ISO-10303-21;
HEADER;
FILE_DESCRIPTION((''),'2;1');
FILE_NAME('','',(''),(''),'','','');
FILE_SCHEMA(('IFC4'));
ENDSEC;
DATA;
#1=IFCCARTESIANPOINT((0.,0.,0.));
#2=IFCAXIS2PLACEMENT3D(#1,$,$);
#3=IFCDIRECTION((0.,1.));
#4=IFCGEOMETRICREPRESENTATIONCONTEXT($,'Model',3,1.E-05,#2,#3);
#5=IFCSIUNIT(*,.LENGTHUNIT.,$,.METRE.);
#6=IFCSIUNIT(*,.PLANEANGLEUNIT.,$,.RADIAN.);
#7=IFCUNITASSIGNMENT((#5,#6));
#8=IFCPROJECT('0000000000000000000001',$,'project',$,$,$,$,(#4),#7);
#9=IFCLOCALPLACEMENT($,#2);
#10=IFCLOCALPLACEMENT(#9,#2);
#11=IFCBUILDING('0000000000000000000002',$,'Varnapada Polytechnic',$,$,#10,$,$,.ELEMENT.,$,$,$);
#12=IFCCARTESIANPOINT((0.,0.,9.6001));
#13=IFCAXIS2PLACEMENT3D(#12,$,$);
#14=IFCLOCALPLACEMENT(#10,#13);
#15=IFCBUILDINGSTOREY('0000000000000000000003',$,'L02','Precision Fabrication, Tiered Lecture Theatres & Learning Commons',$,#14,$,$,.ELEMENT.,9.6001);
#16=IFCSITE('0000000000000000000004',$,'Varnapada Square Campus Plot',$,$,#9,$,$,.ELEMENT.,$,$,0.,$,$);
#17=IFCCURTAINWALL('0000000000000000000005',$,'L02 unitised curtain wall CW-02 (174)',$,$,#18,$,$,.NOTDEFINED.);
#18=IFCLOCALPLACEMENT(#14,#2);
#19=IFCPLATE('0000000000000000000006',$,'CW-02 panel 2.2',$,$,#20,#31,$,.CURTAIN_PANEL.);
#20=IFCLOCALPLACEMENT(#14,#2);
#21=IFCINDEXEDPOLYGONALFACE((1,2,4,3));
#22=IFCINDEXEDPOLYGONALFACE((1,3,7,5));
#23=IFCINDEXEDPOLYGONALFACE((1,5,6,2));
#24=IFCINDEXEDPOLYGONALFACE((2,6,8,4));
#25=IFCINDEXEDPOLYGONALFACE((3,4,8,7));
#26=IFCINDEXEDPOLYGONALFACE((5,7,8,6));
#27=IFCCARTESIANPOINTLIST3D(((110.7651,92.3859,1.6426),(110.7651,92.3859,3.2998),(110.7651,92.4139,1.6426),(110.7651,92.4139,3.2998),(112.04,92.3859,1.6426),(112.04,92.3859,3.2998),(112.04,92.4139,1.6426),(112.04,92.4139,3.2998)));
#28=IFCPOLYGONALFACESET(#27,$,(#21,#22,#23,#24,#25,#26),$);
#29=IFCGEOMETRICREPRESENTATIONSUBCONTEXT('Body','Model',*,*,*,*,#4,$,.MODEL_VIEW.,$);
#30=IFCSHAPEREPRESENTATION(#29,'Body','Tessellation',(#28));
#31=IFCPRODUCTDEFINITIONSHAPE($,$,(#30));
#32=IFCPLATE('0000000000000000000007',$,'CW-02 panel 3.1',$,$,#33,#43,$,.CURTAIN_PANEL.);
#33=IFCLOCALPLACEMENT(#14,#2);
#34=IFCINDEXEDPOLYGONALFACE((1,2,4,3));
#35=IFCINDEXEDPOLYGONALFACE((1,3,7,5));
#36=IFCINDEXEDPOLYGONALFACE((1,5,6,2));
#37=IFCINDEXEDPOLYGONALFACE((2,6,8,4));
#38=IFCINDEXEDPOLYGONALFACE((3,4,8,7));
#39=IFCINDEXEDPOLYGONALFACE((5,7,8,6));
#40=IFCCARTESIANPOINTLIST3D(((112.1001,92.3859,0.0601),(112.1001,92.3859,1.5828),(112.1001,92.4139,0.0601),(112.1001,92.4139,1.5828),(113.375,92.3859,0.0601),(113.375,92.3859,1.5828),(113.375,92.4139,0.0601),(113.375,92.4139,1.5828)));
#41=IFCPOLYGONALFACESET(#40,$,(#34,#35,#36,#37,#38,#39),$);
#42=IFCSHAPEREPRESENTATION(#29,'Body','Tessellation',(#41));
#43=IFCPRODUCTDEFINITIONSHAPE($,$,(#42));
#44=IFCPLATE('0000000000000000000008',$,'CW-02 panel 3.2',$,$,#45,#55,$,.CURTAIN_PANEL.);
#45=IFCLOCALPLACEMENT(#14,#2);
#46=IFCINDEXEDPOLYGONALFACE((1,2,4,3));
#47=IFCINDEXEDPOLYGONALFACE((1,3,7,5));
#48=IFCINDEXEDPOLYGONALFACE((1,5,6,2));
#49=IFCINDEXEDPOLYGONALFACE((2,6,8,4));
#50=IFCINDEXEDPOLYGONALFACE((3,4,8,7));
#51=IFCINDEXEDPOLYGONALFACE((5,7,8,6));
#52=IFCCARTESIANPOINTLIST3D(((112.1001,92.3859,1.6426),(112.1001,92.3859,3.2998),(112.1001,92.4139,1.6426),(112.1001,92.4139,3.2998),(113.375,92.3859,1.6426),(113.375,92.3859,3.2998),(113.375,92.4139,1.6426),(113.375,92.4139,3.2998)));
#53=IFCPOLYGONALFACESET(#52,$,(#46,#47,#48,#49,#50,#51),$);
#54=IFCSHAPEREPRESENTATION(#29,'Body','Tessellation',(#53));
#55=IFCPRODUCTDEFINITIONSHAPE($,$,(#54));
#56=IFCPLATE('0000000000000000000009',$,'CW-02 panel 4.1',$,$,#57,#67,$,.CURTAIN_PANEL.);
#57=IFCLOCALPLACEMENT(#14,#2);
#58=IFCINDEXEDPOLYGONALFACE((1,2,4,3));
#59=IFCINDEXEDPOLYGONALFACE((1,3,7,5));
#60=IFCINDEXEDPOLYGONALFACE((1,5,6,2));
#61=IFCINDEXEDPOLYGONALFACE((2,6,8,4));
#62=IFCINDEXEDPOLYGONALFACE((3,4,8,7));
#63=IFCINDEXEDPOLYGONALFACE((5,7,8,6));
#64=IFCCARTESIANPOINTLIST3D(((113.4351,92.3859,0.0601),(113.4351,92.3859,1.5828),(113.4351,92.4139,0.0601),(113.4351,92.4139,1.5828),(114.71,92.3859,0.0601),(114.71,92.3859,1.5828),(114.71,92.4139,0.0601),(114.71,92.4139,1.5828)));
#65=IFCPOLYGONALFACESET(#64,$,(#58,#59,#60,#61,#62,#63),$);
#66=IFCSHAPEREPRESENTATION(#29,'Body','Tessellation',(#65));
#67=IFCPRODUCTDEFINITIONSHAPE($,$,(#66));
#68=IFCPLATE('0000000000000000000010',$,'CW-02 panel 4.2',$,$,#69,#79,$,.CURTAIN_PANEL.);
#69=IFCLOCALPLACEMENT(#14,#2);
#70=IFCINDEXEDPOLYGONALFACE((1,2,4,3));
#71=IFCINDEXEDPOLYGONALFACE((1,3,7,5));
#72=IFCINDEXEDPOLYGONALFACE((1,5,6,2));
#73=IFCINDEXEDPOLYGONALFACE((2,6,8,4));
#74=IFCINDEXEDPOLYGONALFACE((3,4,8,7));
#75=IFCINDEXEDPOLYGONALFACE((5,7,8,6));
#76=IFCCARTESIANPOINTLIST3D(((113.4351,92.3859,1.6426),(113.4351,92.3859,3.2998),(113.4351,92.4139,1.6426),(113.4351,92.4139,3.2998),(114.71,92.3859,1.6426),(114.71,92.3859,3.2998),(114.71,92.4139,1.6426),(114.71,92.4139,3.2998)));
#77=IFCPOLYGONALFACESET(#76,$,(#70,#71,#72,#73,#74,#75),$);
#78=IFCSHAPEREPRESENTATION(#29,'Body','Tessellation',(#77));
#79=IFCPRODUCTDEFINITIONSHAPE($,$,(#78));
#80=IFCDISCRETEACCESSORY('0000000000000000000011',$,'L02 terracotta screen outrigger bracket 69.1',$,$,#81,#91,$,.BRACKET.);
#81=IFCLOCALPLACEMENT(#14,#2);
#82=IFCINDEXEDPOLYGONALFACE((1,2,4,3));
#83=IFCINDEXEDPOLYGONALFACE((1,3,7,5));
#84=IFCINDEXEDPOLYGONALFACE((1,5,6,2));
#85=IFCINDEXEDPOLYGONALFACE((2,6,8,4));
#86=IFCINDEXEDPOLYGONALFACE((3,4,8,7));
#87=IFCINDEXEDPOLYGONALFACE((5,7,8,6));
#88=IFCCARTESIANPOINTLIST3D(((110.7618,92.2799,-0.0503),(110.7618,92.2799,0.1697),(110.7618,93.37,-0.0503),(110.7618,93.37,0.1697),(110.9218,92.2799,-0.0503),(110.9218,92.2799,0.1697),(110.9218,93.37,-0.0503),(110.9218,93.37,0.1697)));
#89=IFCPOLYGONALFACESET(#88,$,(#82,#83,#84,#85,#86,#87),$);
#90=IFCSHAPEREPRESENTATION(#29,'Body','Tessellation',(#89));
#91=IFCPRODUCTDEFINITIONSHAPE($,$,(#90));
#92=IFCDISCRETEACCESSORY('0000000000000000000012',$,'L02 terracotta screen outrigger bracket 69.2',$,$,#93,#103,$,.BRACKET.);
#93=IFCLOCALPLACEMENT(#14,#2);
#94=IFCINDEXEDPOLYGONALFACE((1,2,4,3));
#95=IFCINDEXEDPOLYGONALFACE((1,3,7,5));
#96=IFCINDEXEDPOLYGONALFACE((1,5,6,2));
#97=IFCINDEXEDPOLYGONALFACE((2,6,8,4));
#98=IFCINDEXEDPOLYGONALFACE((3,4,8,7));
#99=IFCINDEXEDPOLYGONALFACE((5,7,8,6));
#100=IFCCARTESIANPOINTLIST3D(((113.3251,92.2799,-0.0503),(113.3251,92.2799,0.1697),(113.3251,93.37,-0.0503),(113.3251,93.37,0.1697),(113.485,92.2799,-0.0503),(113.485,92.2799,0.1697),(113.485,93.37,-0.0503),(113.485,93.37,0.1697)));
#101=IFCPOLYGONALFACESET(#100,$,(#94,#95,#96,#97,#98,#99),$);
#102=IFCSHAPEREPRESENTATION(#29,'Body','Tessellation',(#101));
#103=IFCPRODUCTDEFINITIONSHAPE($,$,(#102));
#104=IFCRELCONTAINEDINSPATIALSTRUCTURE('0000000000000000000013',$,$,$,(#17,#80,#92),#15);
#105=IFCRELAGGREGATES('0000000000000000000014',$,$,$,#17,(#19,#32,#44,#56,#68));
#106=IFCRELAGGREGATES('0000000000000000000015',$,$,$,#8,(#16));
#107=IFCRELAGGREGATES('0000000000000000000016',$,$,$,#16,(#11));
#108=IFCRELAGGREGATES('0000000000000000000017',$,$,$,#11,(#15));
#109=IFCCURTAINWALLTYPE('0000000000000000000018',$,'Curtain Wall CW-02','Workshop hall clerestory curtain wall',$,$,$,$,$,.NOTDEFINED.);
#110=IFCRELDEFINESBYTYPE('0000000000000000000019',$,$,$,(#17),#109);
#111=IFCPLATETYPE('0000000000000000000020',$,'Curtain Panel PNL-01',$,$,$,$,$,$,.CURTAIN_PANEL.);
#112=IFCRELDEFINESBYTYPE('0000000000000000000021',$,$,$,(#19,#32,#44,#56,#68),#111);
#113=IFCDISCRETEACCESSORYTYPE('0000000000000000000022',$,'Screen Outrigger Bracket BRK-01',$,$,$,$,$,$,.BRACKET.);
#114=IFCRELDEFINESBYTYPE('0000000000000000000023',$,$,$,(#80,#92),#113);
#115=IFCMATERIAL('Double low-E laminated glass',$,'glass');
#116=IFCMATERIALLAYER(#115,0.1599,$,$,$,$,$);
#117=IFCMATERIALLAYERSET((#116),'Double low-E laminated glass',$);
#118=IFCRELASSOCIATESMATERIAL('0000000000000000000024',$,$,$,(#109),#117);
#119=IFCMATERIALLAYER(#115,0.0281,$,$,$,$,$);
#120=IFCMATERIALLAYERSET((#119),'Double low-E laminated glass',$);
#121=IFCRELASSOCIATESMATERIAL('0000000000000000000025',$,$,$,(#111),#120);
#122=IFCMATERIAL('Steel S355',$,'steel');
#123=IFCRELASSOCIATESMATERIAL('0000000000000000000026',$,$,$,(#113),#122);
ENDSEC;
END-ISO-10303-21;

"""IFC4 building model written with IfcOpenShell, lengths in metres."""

from ifc_helpers import new_model, si_unit, direction, frame, origin, origin_2d, place, context, subcontext, project, spatial, rectangle, extrude, material, layer, layer_set, type_object, element, aggregate, save


model = new_model("IFC4")

# Units and contexts
model_context = context("Model", 3, precision=1e-05, world=origin(), true_north=direction((0.0, 1.0)))
body_context = subcontext(model_context, "Body", "Model", "MODEL_VIEW")
ifc_project = project(units=[si_unit("LENGTHUNIT", "METRE"), si_unit("PLANEANGLEUNIT", "RADIAN")], contexts=[model_context])

# Site, building, storey
site_placement = place(None, origin())
site = spatial("IfcSite", under=ifc_project, at=site_placement, Name="Varnapada Square Campus Plot", CompositionType="ELEMENT", RefElevation=0.0)
building_placement = place(site_placement, origin())
building = spatial("IfcBuilding", under=site, at=building_placement, Name="Varnapada Polytechnic", CompositionType="ELEMENT")
storey_placement = place(building_placement, frame((0.0, 0.0, 9.6001)))
storey = spatial("IfcBuildingStorey", under=building, at=storey_placement, Name="L02", Description="Precision Fabrication, Tiered Lecture Theatres & Learning Commons", CompositionType="ELEMENT", Elevation=9.6001)

# Curtain wall, plates
ifc_material_1 = material(Name="Double low-E laminated glass", Category="glass")
ifc_layer_1 = layer(ifc_material_1, 0.1599)
ifc_layer_set_1 = layer_set([ifc_layer_1], Name="Double low-E laminated glass")
curtain_wall_type = type_object("IfcCurtainWallType", Name="Curtain Wall CW-02", Description="Workshop hall clerestory curtain wall", PredefinedType="NOTDEFINED", material=ifc_layer_set_1)
curtain_wall_placement = place(storey_placement, origin())
curtain_wall = element("IfcCurtainWall", 1, at=curtain_wall_placement, inside=storey, type_object=curtain_wall_type, Name="L02 unitised curtain wall CW-02 (174)", PredefinedType="NOTDEFINED")
ifc_layer_2 = layer(ifc_material_1, 0.0281)
ifc_layer_set_2 = layer_set([ifc_layer_2], Name="Double low-E laminated glass")
plate_type = type_object("IfcPlateType", Name="Curtain Panel PNL-01", PredefinedType="CURTAIN_PANEL", material=ifc_layer_set_2)
plate_1_placement = place(storey_placement, frame((111.4026, 92.3999, 1.6426), z_axis=(0.0, 0.0, 1.0), x_axis=(1.0, 0.0, 0.0)))
plate_1 = element("IfcPlate", 2, at=plate_1_placement, type_object=plate_type, Name="CW-02 panel 2.2", PredefinedType="CURTAIN_PANEL", context=body_context, shape_type="SweptSolid", body=[
    extrude(rectangle(XDim=1.2749, YDim=0.0281, at=origin_2d()), origin(), (0.0, 0.0, 1.0), 1.6572),
])
plate_2_placement = place(storey_placement, frame((112.7375, 92.3999, 0.0601), z_axis=(0.0, 0.0, 1.0), x_axis=(1.0, 0.0, 0.0)))
plate_2 = element("IfcPlate", 3, at=plate_2_placement, type_object=plate_type, Name="CW-02 panel 3.1", PredefinedType="CURTAIN_PANEL", context=body_context, shape_type="SweptSolid", body=[
    extrude(rectangle(XDim=1.2749, YDim=0.0281, at=origin_2d()), origin(), (0.0, 0.0, 1.0), 1.5227),
])
plate_3_placement = place(storey_placement, frame((112.7375, 92.3999, 1.6426), z_axis=(0.0, 0.0, 1.0), x_axis=(1.0, 0.0, 0.0)))
plate_3 = element("IfcPlate", 4, at=plate_3_placement, type_object=plate_type, Name="CW-02 panel 3.2", PredefinedType="CURTAIN_PANEL", context=body_context, shape_type="SweptSolid", body=[
    extrude(rectangle(XDim=1.2749, YDim=0.0281, at=origin_2d()), origin(), (0.0, 0.0, 1.0), 1.6572),
])
plate_4_placement = place(storey_placement, frame((114.0725, 92.3999, 0.0601), z_axis=(0.0, 0.0, 1.0), x_axis=(1.0, 0.0, 0.0)))
plate_4 = element("IfcPlate", 5, at=plate_4_placement, type_object=plate_type, Name="CW-02 panel 4.1", PredefinedType="CURTAIN_PANEL", context=body_context, shape_type="SweptSolid", body=[
    extrude(rectangle(XDim=1.2749, YDim=0.0281, at=origin_2d()), origin(), (0.0, 0.0, 1.0), 1.5227),
])
plate_5_placement = place(storey_placement, frame((114.0725, 92.3999, 1.6426), z_axis=(0.0, 0.0, 1.0), x_axis=(1.0, 0.0, 0.0)))
plate_5 = element("IfcPlate", 6, at=plate_5_placement, type_object=plate_type, Name="CW-02 panel 4.2", PredefinedType="CURTAIN_PANEL", context=body_context, shape_type="SweptSolid", body=[
    extrude(rectangle(XDim=1.2749, YDim=0.0281, at=origin_2d()), origin(), (0.0, 0.0, 1.0), 1.6572),
])
aggregate(curtain_wall, [plate_1, plate_2, plate_3, plate_4, plate_5])

# Discrete accessories
ifc_material_2 = material(Name="Steel S355", Category="steel")
discrete_accessory_type = type_object("IfcDiscreteAccessoryType", Name="Screen Outrigger Bracket BRK-01", PredefinedType="BRACKET", material=ifc_material_2)
for number, where, z_axis, x_axis, name in (
    (7, (110.8418, 92.825, -0.0503), (0.0, 0.0, 1.0), (1.0, 0.0, 0.0), "L02 terracotta screen outrigger bracket 69.1"),
    (8, (113.405, 92.825, -0.0503), (0.0, 0.0, 1.0), (1.0, 0.0, 0.0), "L02 terracotta screen outrigger bracket 69.2"),
):
    element("IfcDiscreteAccessory", number, at=place(storey_placement, frame(where, z_axis=z_axis, x_axis=x_axis)), inside=storey, type_object=discrete_accessory_type, Name=name, PredefinedType="BRACKET", context=body_context, shape_type="SweptSolid", body=[
        extrude(rectangle(XDim=0.1599, YDim=1.0901, at=origin_2d()), origin(), (0.0, 0.0, 1.0), 0.22),
    ])

save(model, "model.ifc")
